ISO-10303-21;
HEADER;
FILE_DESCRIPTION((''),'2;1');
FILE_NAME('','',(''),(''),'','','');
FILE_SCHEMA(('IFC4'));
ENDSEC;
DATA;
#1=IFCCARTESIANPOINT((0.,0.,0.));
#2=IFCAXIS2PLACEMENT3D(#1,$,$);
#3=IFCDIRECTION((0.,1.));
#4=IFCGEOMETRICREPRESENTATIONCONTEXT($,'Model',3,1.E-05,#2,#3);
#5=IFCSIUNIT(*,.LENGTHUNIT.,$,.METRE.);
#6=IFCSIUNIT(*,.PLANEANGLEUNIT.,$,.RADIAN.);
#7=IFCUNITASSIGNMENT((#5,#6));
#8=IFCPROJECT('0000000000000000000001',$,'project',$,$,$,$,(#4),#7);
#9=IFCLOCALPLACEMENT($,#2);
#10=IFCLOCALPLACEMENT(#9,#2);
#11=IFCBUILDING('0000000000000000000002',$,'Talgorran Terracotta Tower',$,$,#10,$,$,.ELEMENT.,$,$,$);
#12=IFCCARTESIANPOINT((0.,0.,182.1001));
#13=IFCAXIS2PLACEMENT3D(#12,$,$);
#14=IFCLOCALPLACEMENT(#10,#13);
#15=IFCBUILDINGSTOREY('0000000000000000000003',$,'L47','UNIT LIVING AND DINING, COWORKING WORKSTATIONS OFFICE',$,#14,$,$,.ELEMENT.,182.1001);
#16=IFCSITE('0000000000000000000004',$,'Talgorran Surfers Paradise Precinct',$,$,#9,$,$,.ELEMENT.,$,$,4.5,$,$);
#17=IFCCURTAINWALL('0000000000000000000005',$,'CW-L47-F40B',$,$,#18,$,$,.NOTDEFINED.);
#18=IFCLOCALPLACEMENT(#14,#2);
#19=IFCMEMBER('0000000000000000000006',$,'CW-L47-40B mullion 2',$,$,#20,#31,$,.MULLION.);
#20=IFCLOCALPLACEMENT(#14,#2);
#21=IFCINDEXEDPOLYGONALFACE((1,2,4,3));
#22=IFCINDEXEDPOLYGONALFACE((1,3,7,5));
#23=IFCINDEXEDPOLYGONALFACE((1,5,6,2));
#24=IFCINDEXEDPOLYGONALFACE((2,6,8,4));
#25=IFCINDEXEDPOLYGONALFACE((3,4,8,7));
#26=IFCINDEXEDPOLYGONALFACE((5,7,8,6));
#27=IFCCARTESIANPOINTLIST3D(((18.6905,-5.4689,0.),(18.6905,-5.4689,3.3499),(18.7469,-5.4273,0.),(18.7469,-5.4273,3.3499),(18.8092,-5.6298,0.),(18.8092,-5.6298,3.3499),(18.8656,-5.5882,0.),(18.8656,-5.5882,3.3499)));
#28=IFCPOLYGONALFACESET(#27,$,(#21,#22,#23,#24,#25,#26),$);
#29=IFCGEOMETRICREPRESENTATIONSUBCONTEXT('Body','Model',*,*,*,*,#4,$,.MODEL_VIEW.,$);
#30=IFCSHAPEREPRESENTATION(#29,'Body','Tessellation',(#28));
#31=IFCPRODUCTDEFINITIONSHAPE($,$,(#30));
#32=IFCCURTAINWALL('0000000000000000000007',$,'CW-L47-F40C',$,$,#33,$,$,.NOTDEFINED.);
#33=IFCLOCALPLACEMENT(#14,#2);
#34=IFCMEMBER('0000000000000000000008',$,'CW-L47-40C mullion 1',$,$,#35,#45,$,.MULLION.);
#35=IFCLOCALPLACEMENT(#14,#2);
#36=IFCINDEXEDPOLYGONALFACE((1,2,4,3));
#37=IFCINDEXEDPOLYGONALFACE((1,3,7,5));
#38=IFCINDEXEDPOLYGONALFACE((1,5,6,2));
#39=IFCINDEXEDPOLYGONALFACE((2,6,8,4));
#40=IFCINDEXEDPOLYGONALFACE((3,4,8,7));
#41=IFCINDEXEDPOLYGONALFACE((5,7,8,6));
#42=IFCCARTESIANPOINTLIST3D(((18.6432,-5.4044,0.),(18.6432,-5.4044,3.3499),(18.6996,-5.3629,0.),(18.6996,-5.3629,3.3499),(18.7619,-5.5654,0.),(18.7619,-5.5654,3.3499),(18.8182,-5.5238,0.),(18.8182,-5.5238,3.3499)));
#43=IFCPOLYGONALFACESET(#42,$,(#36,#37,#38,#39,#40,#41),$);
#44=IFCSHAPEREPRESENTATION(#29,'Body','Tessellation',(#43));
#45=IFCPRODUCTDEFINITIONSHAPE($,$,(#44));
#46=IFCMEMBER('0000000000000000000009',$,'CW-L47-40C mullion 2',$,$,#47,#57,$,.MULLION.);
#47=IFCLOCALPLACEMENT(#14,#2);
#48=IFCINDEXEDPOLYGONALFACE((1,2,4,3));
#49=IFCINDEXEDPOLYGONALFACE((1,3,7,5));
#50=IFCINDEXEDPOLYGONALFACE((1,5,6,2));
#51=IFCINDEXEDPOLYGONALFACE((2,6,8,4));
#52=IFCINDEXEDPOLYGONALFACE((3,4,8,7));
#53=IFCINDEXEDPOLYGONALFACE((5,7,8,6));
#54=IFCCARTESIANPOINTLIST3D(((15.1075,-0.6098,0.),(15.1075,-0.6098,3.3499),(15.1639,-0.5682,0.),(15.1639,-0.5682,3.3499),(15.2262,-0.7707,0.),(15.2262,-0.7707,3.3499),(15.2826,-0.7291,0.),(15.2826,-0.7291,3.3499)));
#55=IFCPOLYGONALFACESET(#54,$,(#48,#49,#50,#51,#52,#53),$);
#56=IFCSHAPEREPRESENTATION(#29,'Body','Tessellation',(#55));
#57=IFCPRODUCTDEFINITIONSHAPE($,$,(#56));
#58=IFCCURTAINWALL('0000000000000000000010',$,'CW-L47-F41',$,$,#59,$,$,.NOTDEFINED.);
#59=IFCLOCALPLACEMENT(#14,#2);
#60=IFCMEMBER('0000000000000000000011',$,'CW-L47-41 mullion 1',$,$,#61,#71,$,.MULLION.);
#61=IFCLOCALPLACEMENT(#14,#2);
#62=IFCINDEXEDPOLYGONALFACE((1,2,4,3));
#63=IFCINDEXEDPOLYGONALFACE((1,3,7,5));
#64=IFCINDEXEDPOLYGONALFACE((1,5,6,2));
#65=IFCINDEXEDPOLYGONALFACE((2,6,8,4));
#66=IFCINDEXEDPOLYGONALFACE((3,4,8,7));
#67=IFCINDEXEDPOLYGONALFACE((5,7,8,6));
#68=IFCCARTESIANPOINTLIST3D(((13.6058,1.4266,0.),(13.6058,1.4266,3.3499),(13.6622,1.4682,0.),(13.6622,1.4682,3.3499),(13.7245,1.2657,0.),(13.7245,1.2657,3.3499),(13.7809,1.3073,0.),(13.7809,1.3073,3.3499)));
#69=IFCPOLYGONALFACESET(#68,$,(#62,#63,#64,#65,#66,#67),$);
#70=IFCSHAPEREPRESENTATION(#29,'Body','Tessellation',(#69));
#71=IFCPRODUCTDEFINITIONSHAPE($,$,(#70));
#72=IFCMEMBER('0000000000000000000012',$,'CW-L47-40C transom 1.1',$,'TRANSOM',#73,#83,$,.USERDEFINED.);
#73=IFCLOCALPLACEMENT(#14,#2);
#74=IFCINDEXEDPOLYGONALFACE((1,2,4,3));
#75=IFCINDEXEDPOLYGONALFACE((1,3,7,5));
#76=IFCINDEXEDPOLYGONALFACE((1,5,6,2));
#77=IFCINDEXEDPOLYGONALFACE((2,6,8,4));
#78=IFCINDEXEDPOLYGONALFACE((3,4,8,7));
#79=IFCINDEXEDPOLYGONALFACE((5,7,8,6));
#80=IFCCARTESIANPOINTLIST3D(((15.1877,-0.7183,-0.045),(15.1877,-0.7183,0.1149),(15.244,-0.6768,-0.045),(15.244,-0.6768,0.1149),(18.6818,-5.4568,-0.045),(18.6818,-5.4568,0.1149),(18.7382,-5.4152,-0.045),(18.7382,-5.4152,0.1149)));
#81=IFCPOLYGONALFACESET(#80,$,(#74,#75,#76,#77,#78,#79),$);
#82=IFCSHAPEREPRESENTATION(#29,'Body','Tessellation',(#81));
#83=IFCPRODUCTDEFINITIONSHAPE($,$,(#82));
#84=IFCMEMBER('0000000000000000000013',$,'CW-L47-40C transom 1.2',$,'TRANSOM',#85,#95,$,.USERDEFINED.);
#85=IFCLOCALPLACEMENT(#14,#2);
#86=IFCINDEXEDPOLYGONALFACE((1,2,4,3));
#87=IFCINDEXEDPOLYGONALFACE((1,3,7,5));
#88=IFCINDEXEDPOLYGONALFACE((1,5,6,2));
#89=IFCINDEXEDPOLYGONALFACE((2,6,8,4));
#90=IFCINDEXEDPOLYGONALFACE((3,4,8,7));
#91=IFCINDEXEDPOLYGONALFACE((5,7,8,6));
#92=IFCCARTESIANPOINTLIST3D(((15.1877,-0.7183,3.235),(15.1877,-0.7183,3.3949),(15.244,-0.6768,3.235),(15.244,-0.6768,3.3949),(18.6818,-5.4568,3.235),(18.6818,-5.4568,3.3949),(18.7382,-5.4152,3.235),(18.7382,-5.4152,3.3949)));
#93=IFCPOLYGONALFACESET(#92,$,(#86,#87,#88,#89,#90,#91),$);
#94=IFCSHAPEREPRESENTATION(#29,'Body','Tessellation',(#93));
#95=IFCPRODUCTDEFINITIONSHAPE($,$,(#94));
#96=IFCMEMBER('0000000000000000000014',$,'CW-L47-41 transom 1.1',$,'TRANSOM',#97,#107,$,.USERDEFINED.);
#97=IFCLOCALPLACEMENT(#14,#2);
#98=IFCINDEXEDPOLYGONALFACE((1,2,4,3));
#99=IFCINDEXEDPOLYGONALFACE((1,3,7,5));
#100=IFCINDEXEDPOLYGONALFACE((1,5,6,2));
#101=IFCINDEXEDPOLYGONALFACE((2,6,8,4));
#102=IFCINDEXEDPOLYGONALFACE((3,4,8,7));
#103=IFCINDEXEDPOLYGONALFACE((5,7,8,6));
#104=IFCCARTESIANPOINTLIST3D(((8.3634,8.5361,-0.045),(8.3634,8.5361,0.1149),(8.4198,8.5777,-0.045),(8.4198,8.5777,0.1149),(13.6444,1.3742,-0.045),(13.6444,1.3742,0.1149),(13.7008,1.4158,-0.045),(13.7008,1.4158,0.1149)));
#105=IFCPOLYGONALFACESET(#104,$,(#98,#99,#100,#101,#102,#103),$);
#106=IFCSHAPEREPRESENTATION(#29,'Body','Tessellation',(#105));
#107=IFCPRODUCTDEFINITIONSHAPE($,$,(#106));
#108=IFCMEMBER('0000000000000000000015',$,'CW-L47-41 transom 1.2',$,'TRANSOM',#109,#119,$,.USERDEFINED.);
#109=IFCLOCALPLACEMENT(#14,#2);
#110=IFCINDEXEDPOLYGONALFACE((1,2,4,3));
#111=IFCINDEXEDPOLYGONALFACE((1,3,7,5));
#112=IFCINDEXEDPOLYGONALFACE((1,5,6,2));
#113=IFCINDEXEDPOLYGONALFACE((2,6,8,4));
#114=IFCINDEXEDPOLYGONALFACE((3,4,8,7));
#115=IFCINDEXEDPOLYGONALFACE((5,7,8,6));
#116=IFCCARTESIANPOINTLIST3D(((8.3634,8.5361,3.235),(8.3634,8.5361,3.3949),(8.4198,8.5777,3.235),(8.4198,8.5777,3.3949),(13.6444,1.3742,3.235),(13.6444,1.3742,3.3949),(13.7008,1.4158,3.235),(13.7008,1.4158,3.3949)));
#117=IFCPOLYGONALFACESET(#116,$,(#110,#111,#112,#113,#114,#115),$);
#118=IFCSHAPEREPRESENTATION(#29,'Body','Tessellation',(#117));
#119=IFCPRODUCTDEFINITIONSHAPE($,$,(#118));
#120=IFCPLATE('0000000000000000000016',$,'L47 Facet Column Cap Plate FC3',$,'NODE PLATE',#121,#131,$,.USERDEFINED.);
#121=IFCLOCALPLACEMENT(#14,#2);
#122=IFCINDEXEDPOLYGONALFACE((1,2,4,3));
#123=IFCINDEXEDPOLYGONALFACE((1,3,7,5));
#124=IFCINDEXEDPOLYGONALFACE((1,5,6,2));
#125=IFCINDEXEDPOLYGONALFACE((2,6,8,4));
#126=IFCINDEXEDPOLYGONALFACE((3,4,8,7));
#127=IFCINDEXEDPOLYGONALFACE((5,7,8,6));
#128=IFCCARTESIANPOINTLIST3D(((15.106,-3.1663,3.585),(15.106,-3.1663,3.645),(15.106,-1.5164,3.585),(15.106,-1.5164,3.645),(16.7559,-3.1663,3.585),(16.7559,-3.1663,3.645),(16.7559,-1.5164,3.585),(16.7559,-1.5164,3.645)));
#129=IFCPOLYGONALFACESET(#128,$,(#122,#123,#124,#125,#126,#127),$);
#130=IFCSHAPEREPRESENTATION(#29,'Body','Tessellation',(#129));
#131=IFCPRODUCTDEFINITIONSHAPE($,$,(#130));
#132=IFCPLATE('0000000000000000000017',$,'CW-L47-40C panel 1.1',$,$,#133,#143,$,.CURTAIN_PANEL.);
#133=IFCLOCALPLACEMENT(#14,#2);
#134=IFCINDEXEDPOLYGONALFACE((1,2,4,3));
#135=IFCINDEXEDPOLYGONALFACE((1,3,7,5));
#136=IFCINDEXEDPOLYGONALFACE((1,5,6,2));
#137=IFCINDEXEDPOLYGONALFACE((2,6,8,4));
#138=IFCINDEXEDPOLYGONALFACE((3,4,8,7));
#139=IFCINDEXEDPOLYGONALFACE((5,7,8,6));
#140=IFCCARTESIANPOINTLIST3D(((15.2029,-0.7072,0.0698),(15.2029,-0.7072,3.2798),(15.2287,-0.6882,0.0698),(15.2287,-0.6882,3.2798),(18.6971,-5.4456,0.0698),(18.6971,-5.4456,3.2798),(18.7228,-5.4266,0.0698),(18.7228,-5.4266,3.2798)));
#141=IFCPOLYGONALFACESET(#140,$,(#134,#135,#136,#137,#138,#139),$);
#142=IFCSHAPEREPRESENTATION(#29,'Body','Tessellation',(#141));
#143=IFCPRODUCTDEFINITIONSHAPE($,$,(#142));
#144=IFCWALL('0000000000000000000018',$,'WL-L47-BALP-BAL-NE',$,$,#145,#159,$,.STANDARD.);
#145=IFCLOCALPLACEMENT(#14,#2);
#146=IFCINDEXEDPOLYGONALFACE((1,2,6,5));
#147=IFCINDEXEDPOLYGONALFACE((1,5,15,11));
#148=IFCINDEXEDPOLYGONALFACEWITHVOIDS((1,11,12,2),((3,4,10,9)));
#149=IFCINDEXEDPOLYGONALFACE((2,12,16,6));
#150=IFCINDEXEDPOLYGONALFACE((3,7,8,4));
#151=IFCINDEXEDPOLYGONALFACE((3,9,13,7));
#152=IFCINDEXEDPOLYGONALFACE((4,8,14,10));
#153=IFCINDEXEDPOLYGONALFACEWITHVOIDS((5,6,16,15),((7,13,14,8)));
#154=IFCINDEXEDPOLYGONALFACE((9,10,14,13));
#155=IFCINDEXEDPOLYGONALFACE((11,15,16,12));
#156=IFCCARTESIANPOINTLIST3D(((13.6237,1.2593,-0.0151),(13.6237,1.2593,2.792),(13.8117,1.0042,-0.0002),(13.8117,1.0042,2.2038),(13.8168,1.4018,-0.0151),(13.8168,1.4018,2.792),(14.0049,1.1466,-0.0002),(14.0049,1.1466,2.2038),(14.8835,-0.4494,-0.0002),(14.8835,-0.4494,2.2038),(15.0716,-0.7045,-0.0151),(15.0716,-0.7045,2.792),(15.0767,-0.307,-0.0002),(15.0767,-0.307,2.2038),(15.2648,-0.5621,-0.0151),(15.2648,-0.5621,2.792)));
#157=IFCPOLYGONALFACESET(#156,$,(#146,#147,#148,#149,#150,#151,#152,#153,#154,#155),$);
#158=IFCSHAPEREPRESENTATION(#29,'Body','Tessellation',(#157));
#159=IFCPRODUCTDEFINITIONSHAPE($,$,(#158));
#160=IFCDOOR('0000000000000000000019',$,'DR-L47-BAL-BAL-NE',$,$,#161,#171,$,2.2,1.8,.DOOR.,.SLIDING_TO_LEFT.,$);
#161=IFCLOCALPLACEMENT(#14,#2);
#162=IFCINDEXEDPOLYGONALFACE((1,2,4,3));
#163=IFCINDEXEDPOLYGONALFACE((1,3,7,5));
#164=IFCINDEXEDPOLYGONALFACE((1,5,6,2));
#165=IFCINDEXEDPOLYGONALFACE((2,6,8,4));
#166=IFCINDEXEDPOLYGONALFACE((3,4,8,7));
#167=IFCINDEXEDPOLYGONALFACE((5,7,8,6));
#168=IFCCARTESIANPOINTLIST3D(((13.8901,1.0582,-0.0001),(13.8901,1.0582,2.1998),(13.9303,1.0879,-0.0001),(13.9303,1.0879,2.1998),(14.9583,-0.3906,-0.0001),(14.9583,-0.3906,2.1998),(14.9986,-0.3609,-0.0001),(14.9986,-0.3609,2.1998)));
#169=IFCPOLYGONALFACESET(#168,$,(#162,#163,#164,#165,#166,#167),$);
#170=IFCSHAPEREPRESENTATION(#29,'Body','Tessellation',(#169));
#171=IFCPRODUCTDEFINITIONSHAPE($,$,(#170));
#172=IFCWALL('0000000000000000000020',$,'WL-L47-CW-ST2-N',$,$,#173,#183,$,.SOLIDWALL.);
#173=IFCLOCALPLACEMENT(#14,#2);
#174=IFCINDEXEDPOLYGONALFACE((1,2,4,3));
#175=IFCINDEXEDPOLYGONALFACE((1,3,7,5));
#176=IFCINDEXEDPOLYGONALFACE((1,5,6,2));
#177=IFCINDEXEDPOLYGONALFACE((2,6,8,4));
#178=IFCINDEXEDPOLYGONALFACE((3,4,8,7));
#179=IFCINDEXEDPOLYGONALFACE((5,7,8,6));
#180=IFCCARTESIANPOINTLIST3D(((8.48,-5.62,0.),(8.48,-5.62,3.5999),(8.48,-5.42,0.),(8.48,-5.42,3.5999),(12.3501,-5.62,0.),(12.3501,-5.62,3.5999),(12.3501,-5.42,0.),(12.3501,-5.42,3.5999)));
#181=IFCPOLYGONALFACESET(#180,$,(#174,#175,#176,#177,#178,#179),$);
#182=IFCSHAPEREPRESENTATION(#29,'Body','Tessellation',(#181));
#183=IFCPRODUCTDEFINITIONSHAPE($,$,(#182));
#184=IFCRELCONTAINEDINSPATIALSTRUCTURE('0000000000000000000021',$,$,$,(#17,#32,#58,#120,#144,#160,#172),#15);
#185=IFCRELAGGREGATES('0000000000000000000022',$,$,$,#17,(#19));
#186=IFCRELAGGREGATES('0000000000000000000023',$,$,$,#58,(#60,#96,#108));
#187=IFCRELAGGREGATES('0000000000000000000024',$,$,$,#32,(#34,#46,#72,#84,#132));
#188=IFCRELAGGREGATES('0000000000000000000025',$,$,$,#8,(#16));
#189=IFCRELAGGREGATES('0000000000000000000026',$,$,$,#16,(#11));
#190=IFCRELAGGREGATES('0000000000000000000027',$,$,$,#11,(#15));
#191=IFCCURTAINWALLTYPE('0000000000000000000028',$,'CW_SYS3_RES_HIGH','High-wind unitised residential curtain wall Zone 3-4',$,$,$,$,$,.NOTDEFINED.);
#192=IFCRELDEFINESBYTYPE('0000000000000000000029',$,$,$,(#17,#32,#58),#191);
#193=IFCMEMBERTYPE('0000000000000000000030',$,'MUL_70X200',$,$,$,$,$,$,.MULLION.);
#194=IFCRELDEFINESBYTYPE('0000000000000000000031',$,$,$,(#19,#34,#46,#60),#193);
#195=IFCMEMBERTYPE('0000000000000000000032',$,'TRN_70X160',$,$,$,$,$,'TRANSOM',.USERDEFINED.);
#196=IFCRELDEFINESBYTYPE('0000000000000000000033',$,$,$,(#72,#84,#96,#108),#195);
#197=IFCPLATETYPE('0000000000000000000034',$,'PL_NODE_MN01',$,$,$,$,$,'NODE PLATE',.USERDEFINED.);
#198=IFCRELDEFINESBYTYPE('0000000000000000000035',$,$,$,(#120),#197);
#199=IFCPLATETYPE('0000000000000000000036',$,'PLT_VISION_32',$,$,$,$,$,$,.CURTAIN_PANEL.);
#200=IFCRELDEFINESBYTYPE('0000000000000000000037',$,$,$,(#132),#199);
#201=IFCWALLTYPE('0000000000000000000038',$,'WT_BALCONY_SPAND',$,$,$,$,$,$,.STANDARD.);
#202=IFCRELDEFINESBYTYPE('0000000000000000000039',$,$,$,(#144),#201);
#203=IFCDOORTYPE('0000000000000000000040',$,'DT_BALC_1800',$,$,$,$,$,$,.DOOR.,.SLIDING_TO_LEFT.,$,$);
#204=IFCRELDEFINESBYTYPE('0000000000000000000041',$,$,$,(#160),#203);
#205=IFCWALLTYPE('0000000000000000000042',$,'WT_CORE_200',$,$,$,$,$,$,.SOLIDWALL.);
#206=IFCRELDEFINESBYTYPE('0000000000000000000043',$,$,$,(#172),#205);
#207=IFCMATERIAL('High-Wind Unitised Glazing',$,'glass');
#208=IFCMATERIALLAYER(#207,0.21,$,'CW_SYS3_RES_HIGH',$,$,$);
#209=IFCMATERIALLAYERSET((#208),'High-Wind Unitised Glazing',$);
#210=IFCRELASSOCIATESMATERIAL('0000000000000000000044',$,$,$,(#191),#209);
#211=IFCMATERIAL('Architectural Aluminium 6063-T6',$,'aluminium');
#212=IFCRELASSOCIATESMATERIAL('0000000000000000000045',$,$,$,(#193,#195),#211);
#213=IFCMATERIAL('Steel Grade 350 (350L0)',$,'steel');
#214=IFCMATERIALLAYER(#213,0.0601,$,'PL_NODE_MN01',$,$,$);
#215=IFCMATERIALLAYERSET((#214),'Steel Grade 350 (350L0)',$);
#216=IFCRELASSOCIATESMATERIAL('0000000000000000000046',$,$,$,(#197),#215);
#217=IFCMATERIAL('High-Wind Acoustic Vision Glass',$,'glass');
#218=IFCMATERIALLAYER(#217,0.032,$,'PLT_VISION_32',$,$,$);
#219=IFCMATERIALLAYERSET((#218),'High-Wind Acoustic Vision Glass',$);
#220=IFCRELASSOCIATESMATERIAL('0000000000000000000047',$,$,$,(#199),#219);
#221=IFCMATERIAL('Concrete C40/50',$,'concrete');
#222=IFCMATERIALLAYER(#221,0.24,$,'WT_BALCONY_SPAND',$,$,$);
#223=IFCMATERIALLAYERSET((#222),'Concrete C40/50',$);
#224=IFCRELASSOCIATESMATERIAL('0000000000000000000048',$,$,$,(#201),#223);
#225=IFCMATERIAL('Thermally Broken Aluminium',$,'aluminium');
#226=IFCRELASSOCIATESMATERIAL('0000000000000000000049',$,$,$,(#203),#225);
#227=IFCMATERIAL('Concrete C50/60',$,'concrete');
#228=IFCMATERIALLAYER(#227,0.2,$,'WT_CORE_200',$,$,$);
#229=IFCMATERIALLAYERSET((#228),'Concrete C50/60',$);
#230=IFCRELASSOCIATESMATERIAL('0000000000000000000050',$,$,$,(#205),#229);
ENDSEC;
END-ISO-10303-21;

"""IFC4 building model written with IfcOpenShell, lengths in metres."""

from ifc_helpers import new_model, si_unit, direction, frame, frame_2d, origin, origin_2d, place, context, subcontext, project, spatial, rectangle, extrude, source, transform, mapped, material, layer, layer_set, material_profile, profile_set, type_object, type_shapes, element, fill, aggregate, save


model = new_model("IFC4")

# Units and contexts
model_context = context("Model", 3, precision=1e-05, world=origin(), true_north=direction((0.0, 1.0)))
body_context = subcontext(model_context, "Body", "Model", "MODEL_VIEW")
ifc_project = project(units=[si_unit("LENGTHUNIT", "METRE"), si_unit("PLANEANGLEUNIT", "RADIAN")], contexts=[model_context])

# Site, building, storey
site_placement = place(None, origin())
site = spatial("IfcSite", under=ifc_project, at=site_placement, Name="Talgorran Surfers Paradise Precinct", CompositionType="ELEMENT", RefElevation=4.5)
building_placement = place(site_placement, origin())
building = spatial("IfcBuilding", under=site, at=building_placement, Name="Talgorran Terracotta Tower", CompositionType="ELEMENT")
storey_placement = place(building_placement, frame((0.0, 0.0, 182.1001)))
storey = spatial("IfcBuildingStorey", under=building, at=storey_placement, Name="L47", Description="UNIT LIVING AND DINING, COWORKING WORKSTATIONS OFFICE", CompositionType="ELEMENT", Elevation=182.1001)

# Shared definitions
ifc_material_1 = material(Name="Steel Grade 350 (350L0)", Category="steel")

# Curtain wall, member
ifc_material_2 = material(Name="High-Wind Unitised Glazing", Category="glass")
ifc_layer_1 = layer(ifc_material_2, 0.21, Name="CW_SYS3_RES_HIGH")
ifc_layer_set_1 = layer_set([ifc_layer_1], Name="High-Wind Unitised Glazing")
curtain_wall_type = type_object("IfcCurtainWallType", Name="CW_SYS3_RES_HIGH", Description="High-wind unitised residential curtain wall Zone 3-4", PredefinedType="NOTDEFINED", material=ifc_layer_set_1)
curtain_wall_1_placement = place(storey_placement, origin())
curtain_wall_1 = element("IfcCurtainWall", 1, at=curtain_wall_1_placement, inside=storey, type_object=curtain_wall_type, Name="CW-L47-F40B", PredefinedType="NOTDEFINED")
ifc_material_3 = material(Name="Architectural Aluminium 6063-T6", Category="aluminium")
ifc_material_profile_1 = material_profile(ifc_material_3, rectangle(XDim=0.0701, YDim=0.2, at=origin_2d()), Name="CWM70X200")
ifc_profile_set_1 = profile_set([ifc_material_profile_1], Name="Architectural Aluminium 6063-T6")
member_type_1 = type_object("IfcMemberType", Name="MUL_70X200", PredefinedType="MULLION", material=ifc_profile_set_1)
member_1_placement = place(storey_placement, frame((18.7781, -5.5286, 0.0), z_axis=(0.0, 0.0, 1.0), x_axis=(-0.804843, -0.593488, 0.0)))
member_1 = element("IfcMember", 2, at=member_1_placement, type_object=member_type_1, Name="CW-L47-40B mullion 2", PredefinedType="MULLION", context=body_context, shape_type="SweptSolid", body=[
    extrude(rectangle(XDim=0.0701, YDim=0.2, at=origin_2d()), origin(), (0.0, 0.0, 1.0), 3.3499),
])
aggregate(curtain_wall_1, [member_1])

# Curtain wall, members
curtain_wall_2_placement = place(storey_placement, origin())
curtain_wall_2 = element("IfcCurtainWall", 3, at=curtain_wall_2_placement, inside=storey, type_object=curtain_wall_type, Name="CW-L47-F40C", PredefinedType="NOTDEFINED")
member_2_placement = place(storey_placement, frame((18.7307, -5.4641, 0.0), z_axis=(0.0, 0.0, 1.0), x_axis=(-0.804839, -0.593493, 0.0)))
member_2 = element("IfcMember", 4, at=member_2_placement, type_object=member_type_1, Name="CW-L47-40C mullion 1", PredefinedType="MULLION", context=body_context, shape_type="SweptSolid", body=[
    extrude(rectangle(XDim=0.0701, YDim=0.2, at=origin_2d()), origin(), (0.0, 0.0, 1.0), 3.3499),
])
member_3_placement = place(storey_placement, frame((15.1951, -0.6694, 0.0), z_axis=(0.0, 0.0, 1.0), x_axis=(-0.804839, -0.593493, 0.0)))
member_3 = element("IfcMember", 5, at=member_3_placement, type_object=member_type_1, Name="CW-L47-40C mullion 2", PredefinedType="MULLION", context=body_context, shape_type="SweptSolid", body=[
    extrude(rectangle(XDim=0.0701, YDim=0.2, at=origin_2d()), origin(), (0.0, 0.0, 1.0), 3.3499),
])

# Curtain wall, member
curtain_wall_3_placement = place(storey_placement, origin())
curtain_wall_3 = element("IfcCurtainWall", 6, at=curtain_wall_3_placement, inside=storey, type_object=curtain_wall_type, Name="CW-L47-F41", PredefinedType="NOTDEFINED")
member_4_placement = place(storey_placement, frame((13.6934, 1.3669, 0.0), z_axis=(0.0, 0.0, 1.0), x_axis=(-0.804842, -0.593489, 0.0)))
member_4 = element("IfcMember", 7, at=member_4_placement, type_object=member_type_1, Name="CW-L47-41 mullion 1", PredefinedType="MULLION", context=body_context, shape_type="SweptSolid", body=[
    extrude(rectangle(XDim=0.0701, YDim=0.2, at=origin_2d()), origin(), (0.0, 0.0, 1.0), 3.3499),
])

# Members
ifc_material_profile_2 = material_profile(ifc_material_3, rectangle(XDim=0.0701, YDim=0.1599, at=origin_2d()), Name="CWT70X160")
ifc_profile_set_2 = profile_set([ifc_material_profile_2], Name="Architectural Aluminium 6063-T6")
member_type_2 = type_object("IfcMemberType", Name="TRN_70X160", ElementType="TRANSOM", PredefinedType="USERDEFINED", material=ifc_profile_set_2)
member_5_placement = place(storey_placement, frame((18.71, -5.436, 0.0349), z_axis=(-0.593485, 0.804845, 0.0), x_axis=(-0.804845, -0.593485, 0.0)))
member_5 = element("IfcMember", 8, at=member_5_placement, type_object=member_type_2, Name="CW-L47-40C transom 1.1", ObjectType="TRANSOM", PredefinedType="USERDEFINED", context=body_context, shape_type="SweptSolid", body=[
    extrude(rectangle(XDim=0.0701, YDim=0.1599, at=origin_2d()), origin(), (0.0, 0.0, 1.0), 5.8875),
])
member_6_placement = place(storey_placement, frame((18.71, -5.436, 3.3149), z_axis=(-0.593485, 0.804845, 0.0), x_axis=(-0.804845, -0.593485, 0.0)))
member_6 = element("IfcMember", 9, at=member_6_placement, type_object=member_type_2, Name="CW-L47-40C transom 1.2", ObjectType="TRANSOM", PredefinedType="USERDEFINED", context=body_context, shape_type="SweptSolid", body=[
    extrude(rectangle(XDim=0.0701, YDim=0.1599, at=origin_2d()), origin(), (0.0, 0.0, 1.0), 5.8875),
])
member_7_placement = place(storey_placement, frame((13.6726, 1.395, 0.0349), z_axis=(-0.593479, 0.80485, 0.0), x_axis=(-0.80485, -0.593479, 0.0)))
member_7 = element("IfcMember", 10, at=member_7_placement, type_object=member_type_2, Name="CW-L47-41 transom 1.1", ObjectType="TRANSOM", PredefinedType="USERDEFINED", context=body_context, shape_type="SweptSolid", body=[
    extrude(rectangle(XDim=0.0701, YDim=0.1599, at=origin_2d()), origin(), (0.0, 0.0, 1.0), 8.8984),
])
member_8_placement = place(storey_placement, frame((13.6726, 1.395, 3.3149), z_axis=(-0.593479, 0.80485, 0.0), x_axis=(-0.80485, -0.593479, 0.0)))
member_8 = element("IfcMember", 11, at=member_8_placement, type_object=member_type_2, Name="CW-L47-41 transom 1.2", ObjectType="TRANSOM", PredefinedType="USERDEFINED", context=body_context, shape_type="SweptSolid", body=[
    extrude(rectangle(XDim=0.0701, YDim=0.1599, at=origin_2d()), origin(), (0.0, 0.0, 1.0), 8.8984),
])
aggregate(curtain_wall_3, [member_4, member_7, member_8])

# Plates
ifc_layer_2 = layer(ifc_material_1, 0.0601, Name="PL_NODE_MN01")
ifc_layer_set_2 = layer_set([ifc_layer_2], Name="Steel Grade 350 (350L0)")
plate_type_1 = type_object("IfcPlateType", Name="PL_NODE_MN01", ElementType="NODE PLATE", PredefinedType="USERDEFINED", material=ifc_layer_set_2)
plate_1_placement = place(storey_placement, frame((15.9309, -2.3413, 3.585), z_axis=(0.0, 0.0, 1.0), x_axis=(1.0, 0.0, 0.0)))
element("IfcPlate", 12, at=plate_1_placement, inside=storey, type_object=plate_type_1, Name="L47 Facet Column Cap Plate FC3", ObjectType="NODE PLATE", PredefinedType="USERDEFINED", context=body_context, shape_type="SweptSolid", body=[
    extrude(rectangle(XDim=1.6499, YDim=1.6499, at=origin_2d()), origin(), (0.0, 0.0, 1.0), 0.0601),
])
ifc_material_4 = material(Name="High-Wind Acoustic Vision Glass", Category="glass")
ifc_layer_3 = layer(ifc_material_4, 0.032, Name="PLT_VISION_32")
ifc_layer_set_3 = layer_set([ifc_layer_3], Name="High-Wind Acoustic Vision Glass")
plate_type_2 = type_object("IfcPlateType", Name="PLT_VISION_32", PredefinedType="CURTAIN_PANEL", material=ifc_layer_set_3)
shared_shape = source(origin(), body_context, "Body", "SweptSolid", [
    extrude(rectangle(XDim=5.8875, YDim=0.032, at=origin_2d()), origin(), (0.0, 0.0, 1.0), 3.21),
])
type_shapes(plate_type_2, [shared_shape])
plate_2_placement = place(storey_placement, frame((16.9629, -3.0669, 0.0698), z_axis=(0.0, 0.0, 1.0), x_axis=(-0.593493, 0.804839, 0.0)))
plate_2 = element("IfcPlate", 13, at=plate_2_placement, type_object=plate_type_2, Name="CW-L47-40C panel 1.1", PredefinedType="CURTAIN_PANEL", context=body_context, shape_type="MappedRepresentation", body=[
    mapped(shared_shape, transform((0.0, 0.0, 0.0), scale=1.0)),
])
aggregate(curtain_wall_2, [member_2, member_3, member_5, member_6, plate_2])

# Wall, opening, door
ifc_material_5 = material(Name="Concrete C40/50", Category="concrete")
ifc_layer_4 = layer(ifc_material_5, 0.24, Name="WT_BALCONY_SPAND")
ifc_layer_set_4 = layer_set([ifc_layer_4], Name="Concrete C40/50")
wall_type_1 = type_object("IfcWallType", Name="WT_BALCONY_SPAND", PredefinedType="STANDARD", material=ifc_layer_set_4)
wall_1_placement = place(storey_placement, frame((15.1682, -0.6333, -0.0151), z_axis=(0.0, 0.0, 1.0), x_axis=(-0.593448, 0.804872, 0.0)))
wall_1 = element("IfcWall", 14, at=wall_1_placement, inside=storey, type_object=wall_type_1, Name="WL-L47-BALP-BAL-NE", PredefinedType="STANDARD", context=body_context, shape_type="SweptSolid", body=[
    extrude(rectangle(XDim=2.4399, YDim=0.24, at=frame_2d((1.22, 0.0))), origin(), (0.0, 0.0, 1.0), 2.8071),
])
opening_1_placement = place(wall_1_placement, frame((0.3201, 0.0, 0.0149)))
opening_1 = element("IfcOpeningElement", 15, at=opening_1_placement, cuts=wall_1, PredefinedType="OPENING", context=body_context, shape_type="SweptSolid", body=[
    extrude(rectangle(XDim=1.806, YDim=2.204, at=frame_2d((0.8999, 1.1021))), frame((0.0, 0.1299, 0.0), z_axis=(0.0, -1.0, 0.0), x_axis=(1.0, 0.0, 0.0)), (0.0, 0.0, 1.0), 0.26),
])
ifc_material_6 = material(Name="Thermally Broken Aluminium", Category="aluminium")
door_type_1 = type_object("IfcDoorType", Name="DT_BALC_1800", OperationType="SLIDING_TO_LEFT", PredefinedType="DOOR", material=ifc_material_6)
door_1_placement = place(opening_1_placement, origin())
door_1 = element("IfcDoor", 16, at=door_1_placement, inside=storey, type_object=door_type_1, Name="DR-L47-BAL-BAL-NE", OperationType="SLIDING_TO_LEFT", OverallHeight=2.2, OverallWidth=1.8, PredefinedType="DOOR", context=body_context, shape_type="SweptSolid", body=[
    extrude(rectangle(XDim=1.8, YDim=2.2, at=frame_2d((0.8999, 1.1001))), frame((0.0, 0.0249, 0.0), z_axis=(0.0, -1.0, 0.0), x_axis=(1.0, 0.0, 0.0)), (0.0, 0.0, 1.0), 0.05),
])
fill(opening_1, door_1)

# Wall
ifc_material_7 = material(Name="Concrete C50/60", Category="concrete")
ifc_layer_5 = layer(ifc_material_7, 0.2, Name="WT_CORE_200")
ifc_layer_set_5 = layer_set([ifc_layer_5], Name="Concrete C50/60")
wall_type_2 = type_object("IfcWallType", Name="WT_CORE_200", PredefinedType="SOLIDWALL", material=ifc_layer_set_5)
wall_2_placement = place(storey_placement, frame((8.48, -5.52, 0.0), z_axis=(0.0, 0.0, 1.0), x_axis=(1.0, 0.0, 0.0)))
element("IfcWall", 17, at=wall_2_placement, inside=storey, type_object=wall_type_2, Name="WL-L47-CW-ST2-N", PredefinedType="SOLIDWALL", context=body_context, shape_type="SweptSolid", body=[
    extrude(rectangle(XDim=3.8701, YDim=0.2, at=frame_2d((1.9351, 0.0))), origin(), (0.0, 0.0, 1.0), 3.5999),
])

save(model, "model.ifc")
